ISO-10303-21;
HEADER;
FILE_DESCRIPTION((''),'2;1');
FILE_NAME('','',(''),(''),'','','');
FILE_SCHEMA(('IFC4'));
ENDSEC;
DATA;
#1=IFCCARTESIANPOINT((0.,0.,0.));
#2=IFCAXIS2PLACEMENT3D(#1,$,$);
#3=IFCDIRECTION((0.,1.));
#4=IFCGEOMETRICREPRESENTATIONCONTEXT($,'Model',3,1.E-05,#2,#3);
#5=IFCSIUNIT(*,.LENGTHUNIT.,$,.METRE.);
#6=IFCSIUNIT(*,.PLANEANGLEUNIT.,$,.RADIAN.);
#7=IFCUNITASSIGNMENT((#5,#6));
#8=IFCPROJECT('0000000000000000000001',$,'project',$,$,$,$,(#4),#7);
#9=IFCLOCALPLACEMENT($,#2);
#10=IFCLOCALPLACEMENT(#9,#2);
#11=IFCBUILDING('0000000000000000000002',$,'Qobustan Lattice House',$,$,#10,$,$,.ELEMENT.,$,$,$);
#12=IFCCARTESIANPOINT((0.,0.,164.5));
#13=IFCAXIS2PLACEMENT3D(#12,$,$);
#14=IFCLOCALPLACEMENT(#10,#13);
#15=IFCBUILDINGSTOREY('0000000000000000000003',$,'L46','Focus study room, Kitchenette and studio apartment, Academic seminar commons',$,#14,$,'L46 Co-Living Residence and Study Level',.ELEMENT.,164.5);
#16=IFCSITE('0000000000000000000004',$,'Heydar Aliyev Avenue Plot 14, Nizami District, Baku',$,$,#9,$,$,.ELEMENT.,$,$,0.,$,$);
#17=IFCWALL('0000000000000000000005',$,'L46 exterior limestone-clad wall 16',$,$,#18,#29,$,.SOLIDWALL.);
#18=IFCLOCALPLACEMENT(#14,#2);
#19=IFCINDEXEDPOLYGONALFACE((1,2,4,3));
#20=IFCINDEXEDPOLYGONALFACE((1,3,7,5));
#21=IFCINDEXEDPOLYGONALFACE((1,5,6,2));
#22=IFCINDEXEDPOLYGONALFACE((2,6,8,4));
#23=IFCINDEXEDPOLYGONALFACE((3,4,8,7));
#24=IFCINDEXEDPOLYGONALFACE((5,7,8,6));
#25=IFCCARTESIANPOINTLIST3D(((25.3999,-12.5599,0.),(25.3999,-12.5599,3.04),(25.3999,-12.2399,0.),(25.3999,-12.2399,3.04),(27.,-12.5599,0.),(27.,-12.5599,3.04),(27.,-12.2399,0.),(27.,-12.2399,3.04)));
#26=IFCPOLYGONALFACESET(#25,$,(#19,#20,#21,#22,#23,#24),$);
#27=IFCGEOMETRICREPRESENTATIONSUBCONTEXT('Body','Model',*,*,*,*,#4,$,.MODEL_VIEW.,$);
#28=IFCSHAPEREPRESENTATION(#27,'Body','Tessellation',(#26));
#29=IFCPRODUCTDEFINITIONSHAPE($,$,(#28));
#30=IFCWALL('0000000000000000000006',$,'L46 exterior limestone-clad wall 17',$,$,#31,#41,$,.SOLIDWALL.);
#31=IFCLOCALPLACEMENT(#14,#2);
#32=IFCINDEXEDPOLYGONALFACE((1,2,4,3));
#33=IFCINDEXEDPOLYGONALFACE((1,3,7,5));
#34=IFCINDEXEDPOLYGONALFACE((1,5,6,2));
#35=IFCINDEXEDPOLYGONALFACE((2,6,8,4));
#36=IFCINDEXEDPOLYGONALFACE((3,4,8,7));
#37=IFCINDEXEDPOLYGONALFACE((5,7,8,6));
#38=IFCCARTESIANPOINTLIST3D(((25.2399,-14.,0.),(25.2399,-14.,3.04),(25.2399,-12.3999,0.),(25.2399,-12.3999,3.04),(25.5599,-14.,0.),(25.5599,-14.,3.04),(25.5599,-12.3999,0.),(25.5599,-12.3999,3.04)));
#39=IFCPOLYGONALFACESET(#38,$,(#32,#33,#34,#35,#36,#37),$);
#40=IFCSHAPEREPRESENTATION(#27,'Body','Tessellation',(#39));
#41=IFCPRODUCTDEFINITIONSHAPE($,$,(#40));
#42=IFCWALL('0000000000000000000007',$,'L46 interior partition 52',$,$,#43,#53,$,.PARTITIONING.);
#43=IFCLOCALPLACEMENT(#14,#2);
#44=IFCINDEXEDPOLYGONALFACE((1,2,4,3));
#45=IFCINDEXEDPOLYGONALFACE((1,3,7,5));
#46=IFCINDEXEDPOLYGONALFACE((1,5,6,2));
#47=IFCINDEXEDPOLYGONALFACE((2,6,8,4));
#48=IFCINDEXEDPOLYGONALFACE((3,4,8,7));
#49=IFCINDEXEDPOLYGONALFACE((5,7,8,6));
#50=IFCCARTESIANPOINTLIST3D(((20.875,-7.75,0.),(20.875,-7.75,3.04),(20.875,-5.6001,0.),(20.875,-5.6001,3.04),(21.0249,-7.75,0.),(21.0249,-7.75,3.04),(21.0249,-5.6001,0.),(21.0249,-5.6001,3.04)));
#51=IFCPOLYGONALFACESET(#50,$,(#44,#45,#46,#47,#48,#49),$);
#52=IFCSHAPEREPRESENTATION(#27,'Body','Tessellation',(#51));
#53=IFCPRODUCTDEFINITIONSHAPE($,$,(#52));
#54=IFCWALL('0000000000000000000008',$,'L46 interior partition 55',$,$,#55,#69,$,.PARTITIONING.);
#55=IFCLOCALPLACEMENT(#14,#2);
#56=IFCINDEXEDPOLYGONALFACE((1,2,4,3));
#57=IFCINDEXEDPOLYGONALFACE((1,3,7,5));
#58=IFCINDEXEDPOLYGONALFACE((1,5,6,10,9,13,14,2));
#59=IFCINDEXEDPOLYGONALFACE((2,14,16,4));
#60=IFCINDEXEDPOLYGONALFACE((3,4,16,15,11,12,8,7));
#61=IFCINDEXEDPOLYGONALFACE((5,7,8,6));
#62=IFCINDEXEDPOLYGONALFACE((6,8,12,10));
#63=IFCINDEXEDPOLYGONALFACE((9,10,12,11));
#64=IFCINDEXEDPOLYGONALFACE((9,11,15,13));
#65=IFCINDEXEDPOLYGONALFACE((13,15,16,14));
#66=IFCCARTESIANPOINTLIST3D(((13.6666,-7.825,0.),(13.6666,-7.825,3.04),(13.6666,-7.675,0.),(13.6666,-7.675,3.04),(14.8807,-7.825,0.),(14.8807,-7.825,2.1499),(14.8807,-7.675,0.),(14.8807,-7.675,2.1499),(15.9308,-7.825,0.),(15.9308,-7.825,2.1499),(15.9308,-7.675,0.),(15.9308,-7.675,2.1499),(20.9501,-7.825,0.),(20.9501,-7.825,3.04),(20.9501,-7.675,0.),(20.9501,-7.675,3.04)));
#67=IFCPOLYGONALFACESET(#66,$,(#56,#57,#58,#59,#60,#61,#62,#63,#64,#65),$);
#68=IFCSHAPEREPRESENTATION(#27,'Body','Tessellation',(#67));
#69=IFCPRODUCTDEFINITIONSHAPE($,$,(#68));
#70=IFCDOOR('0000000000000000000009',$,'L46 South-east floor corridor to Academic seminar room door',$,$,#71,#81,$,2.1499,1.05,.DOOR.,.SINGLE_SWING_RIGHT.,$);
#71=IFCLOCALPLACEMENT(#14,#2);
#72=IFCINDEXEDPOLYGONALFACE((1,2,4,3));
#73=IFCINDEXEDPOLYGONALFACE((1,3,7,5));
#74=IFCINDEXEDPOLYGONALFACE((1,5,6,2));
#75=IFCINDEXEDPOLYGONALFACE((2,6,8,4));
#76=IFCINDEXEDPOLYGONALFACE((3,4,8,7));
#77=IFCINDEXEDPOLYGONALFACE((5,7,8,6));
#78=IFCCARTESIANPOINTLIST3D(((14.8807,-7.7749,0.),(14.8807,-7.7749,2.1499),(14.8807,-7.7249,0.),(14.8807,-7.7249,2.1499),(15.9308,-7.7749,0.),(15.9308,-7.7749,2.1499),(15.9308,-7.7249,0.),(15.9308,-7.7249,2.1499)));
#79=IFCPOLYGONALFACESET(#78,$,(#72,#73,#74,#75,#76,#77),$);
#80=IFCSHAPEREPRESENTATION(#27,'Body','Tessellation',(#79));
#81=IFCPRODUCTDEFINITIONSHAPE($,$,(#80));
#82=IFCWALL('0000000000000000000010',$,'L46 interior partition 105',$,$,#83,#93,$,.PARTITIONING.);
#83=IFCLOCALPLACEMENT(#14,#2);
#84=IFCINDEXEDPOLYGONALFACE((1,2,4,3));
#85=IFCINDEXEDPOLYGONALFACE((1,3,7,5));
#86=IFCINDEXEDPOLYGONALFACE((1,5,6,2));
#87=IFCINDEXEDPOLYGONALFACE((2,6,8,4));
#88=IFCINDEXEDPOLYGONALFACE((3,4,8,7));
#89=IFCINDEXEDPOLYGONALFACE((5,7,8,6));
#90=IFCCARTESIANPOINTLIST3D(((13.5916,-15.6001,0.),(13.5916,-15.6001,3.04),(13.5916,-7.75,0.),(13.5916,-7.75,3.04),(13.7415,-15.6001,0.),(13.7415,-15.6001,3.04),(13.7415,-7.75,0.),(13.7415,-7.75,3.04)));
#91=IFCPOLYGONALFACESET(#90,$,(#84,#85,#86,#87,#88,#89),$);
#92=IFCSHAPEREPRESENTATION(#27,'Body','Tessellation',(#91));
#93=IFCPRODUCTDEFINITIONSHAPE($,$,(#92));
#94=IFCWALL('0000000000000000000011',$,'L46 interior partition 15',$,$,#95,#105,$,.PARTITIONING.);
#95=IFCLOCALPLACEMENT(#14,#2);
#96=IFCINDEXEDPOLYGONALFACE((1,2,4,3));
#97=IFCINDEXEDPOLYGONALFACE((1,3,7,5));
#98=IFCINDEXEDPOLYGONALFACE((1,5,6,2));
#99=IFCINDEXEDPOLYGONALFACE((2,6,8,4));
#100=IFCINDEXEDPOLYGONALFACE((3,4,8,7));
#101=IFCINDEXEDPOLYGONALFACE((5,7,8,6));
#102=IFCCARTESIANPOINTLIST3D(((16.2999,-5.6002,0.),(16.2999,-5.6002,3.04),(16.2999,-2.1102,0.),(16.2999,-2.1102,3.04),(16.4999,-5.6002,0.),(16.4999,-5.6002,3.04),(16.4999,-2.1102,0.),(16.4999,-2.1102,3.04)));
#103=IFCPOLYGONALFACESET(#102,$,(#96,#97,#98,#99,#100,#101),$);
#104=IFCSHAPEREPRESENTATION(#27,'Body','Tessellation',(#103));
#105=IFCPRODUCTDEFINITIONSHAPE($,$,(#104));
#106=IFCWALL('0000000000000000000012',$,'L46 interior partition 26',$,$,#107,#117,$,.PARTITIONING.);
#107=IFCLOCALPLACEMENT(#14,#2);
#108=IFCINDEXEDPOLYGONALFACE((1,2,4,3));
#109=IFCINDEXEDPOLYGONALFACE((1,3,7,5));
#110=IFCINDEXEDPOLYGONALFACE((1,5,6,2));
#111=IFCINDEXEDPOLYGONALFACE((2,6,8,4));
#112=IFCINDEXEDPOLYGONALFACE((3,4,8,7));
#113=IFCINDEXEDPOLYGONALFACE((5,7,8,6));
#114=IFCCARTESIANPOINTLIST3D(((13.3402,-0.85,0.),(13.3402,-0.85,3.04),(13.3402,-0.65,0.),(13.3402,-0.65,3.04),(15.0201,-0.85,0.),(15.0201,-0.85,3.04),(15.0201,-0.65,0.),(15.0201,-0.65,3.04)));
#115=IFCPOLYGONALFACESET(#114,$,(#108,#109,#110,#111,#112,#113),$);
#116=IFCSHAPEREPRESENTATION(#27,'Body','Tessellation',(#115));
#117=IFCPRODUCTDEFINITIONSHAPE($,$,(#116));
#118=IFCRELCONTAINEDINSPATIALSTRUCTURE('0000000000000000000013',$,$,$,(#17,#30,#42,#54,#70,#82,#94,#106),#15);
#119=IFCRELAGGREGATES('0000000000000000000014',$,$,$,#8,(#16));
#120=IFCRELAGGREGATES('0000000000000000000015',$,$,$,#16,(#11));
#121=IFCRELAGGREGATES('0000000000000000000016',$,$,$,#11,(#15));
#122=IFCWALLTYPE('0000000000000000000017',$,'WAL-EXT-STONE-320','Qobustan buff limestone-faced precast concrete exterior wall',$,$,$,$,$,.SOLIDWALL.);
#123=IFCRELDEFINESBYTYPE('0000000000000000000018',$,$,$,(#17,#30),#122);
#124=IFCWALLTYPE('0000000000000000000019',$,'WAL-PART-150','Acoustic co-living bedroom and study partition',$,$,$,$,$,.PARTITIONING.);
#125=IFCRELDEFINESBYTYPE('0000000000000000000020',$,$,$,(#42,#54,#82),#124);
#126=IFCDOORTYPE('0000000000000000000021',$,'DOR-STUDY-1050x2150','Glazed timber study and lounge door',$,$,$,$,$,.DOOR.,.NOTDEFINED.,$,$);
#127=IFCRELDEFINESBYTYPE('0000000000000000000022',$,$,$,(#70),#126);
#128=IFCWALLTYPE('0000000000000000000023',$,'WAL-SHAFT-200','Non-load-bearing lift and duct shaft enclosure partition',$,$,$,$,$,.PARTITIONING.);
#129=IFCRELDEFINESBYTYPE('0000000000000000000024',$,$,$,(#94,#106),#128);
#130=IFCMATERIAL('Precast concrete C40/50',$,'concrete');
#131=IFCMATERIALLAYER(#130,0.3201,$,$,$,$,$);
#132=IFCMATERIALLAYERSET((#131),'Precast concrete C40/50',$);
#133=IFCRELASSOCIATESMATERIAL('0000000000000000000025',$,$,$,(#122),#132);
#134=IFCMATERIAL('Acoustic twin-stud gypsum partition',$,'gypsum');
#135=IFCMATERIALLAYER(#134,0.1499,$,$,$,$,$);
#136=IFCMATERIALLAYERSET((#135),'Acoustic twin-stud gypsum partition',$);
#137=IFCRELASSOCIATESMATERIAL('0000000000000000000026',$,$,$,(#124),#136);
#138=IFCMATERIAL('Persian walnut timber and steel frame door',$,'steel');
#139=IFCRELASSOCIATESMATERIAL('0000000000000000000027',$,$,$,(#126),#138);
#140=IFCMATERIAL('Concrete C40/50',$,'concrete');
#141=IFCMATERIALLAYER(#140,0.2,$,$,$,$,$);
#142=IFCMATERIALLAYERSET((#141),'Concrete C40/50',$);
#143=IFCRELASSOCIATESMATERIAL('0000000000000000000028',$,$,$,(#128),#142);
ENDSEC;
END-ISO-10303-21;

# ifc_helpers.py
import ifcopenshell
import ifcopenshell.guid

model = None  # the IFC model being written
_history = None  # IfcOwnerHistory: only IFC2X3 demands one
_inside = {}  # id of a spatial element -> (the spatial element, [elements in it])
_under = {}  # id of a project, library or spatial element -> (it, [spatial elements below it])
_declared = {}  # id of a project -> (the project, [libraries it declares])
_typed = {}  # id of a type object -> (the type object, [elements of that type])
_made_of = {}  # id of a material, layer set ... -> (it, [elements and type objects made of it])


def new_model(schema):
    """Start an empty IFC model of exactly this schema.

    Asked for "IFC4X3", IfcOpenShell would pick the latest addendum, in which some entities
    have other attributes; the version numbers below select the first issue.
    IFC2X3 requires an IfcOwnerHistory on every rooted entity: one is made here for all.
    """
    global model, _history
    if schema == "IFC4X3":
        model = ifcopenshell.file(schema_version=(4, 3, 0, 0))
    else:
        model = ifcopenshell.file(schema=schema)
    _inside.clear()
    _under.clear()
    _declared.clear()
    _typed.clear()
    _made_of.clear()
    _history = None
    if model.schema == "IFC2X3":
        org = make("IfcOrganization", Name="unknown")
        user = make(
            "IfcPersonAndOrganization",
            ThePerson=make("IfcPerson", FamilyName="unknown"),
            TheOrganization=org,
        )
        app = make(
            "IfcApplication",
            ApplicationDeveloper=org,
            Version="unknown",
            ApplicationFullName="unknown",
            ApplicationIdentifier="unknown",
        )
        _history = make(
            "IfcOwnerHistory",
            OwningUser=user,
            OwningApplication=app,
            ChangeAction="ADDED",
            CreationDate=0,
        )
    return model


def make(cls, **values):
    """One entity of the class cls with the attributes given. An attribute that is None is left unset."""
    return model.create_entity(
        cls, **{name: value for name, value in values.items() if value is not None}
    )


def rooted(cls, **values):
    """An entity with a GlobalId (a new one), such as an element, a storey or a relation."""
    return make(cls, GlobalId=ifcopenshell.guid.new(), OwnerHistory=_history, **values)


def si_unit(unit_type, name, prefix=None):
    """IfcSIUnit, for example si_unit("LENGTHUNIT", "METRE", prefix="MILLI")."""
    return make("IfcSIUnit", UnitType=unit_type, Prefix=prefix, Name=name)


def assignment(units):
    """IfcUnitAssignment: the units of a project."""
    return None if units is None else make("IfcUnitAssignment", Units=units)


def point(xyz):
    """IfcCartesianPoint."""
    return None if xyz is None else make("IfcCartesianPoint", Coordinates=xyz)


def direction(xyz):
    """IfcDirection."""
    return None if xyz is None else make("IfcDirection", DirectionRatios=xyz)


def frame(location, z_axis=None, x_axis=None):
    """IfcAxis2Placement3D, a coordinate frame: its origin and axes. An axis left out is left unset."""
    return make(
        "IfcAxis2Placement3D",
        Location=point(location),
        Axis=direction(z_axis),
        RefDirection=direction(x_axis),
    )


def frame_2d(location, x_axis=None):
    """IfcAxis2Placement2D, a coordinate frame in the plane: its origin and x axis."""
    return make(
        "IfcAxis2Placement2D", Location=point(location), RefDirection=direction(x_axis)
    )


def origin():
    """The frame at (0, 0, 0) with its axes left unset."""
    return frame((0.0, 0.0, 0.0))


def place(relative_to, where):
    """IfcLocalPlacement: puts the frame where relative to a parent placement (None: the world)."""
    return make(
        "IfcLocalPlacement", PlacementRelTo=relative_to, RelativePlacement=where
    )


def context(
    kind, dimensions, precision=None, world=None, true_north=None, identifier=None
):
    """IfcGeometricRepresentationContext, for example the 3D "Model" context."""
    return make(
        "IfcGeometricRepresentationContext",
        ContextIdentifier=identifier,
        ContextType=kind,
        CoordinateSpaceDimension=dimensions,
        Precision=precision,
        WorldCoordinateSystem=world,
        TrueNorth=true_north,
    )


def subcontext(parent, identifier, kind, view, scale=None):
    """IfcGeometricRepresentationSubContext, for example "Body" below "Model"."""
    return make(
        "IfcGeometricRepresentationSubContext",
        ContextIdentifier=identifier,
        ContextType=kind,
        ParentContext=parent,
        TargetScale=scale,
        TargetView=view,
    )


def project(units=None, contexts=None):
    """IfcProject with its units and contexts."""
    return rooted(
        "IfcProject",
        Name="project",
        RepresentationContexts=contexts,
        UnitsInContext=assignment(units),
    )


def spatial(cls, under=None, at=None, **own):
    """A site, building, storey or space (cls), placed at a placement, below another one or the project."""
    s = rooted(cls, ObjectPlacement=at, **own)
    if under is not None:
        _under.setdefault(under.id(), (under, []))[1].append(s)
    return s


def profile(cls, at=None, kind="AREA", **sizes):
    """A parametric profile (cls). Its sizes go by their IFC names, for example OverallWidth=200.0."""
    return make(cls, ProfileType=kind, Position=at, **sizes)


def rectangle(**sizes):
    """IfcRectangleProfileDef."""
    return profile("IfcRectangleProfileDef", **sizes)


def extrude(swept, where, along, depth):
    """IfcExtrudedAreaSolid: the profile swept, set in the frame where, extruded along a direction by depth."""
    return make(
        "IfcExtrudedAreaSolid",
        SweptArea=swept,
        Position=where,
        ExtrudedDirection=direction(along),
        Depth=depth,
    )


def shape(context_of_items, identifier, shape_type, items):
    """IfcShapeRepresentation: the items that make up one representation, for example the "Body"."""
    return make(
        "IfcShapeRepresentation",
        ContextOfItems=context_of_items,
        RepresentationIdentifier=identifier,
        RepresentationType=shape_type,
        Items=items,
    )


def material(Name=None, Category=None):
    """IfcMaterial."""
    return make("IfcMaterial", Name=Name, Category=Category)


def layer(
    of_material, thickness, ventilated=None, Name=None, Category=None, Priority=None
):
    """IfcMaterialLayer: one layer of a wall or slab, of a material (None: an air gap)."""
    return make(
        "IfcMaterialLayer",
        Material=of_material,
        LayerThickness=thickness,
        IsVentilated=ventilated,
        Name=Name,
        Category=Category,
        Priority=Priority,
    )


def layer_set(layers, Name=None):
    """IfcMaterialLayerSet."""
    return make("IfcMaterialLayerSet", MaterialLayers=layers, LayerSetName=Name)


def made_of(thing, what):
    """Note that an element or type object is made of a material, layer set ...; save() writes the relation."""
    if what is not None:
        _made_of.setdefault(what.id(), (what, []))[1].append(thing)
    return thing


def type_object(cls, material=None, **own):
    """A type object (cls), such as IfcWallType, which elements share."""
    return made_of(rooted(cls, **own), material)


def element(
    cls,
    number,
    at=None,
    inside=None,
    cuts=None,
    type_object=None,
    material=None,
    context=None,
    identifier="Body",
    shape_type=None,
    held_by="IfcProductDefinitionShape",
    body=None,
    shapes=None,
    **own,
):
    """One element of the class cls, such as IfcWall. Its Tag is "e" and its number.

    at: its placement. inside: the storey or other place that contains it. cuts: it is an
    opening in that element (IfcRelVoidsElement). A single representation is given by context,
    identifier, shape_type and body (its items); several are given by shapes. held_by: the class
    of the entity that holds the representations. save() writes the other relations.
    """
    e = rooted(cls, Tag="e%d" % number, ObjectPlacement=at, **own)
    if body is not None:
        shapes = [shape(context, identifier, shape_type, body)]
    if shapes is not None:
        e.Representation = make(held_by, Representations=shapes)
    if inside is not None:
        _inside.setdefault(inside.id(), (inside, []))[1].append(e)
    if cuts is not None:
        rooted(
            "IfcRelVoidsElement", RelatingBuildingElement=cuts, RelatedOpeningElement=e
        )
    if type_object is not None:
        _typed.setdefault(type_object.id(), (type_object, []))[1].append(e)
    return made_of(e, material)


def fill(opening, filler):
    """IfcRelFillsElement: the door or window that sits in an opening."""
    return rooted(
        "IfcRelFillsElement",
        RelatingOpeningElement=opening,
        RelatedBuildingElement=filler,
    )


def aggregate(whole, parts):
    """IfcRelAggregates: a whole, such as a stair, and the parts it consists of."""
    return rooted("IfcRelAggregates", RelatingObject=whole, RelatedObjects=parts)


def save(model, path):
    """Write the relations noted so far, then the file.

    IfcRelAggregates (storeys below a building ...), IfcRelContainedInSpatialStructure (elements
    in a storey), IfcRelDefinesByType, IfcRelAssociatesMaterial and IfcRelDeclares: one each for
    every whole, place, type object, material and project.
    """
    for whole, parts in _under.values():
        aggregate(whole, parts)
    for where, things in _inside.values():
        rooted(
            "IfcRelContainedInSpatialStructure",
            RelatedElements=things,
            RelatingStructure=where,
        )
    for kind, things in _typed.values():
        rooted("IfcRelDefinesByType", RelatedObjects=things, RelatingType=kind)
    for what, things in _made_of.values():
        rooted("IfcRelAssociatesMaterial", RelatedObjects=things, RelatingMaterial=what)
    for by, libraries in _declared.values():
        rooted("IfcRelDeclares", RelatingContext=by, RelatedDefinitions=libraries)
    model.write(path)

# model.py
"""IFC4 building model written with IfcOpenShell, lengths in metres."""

from ifc_helpers import new_model, si_unit, direction, frame, frame_2d, origin, place, context, subcontext, project, spatial, rectangle, extrude, material, layer, layer_set, type_object, element, fill, save


model = new_model("IFC4")

# Units and contexts
model_context = context("Model", 3, precision=1e-05, world=origin(), true_north=direction((0.0, 1.0)))
body_context = subcontext(model_context, "Body", "Model", "MODEL_VIEW")
ifc_project = project(units=[si_unit("LENGTHUNIT", "METRE"), si_unit("PLANEANGLEUNIT", "RADIAN")], contexts=[model_context])

# Site, building, storey
site_placement = place(None, origin())
site = spatial("IfcSite", under=ifc_project, at=site_placement, Name="Heydar Aliyev Avenue Plot 14, Nizami District, Baku", CompositionType="ELEMENT", RefElevation=0.0)
building_placement = place(site_placement, origin())
building = spatial("IfcBuilding", under=site, at=building_placement, Name="Qobustan Lattice House", CompositionType="ELEMENT")
storey_placement = place(building_placement, frame((0.0, 0.0, 164.5)))
storey = spatial("IfcBuildingStorey", under=building, at=storey_placement, Name="L46", Description="Focus study room, Kitchenette and studio apartment, Academic seminar commons", LongName="L46 Co-Living Residence and Study Level", CompositionType="ELEMENT", Elevation=164.5)

# Walls
ifc_material_1 = material(Name="Precast concrete C40/50", Category="concrete")
ifc_layer_1 = layer(ifc_material_1, 0.3201)
ifc_layer_set_1 = layer_set([ifc_layer_1], Name="Precast concrete C40/50")
wall_type_1 = type_object("IfcWallType", Name="WAL-EXT-STONE-320", Description="Qobustan buff limestone-faced precast concrete exterior wall", PredefinedType="SOLIDWALL", material=ifc_layer_set_1)
for number, where, z_axis, x_axis, name in (
    (1, (27.0, -12.3999, 0.0), (0.0, 0.0, 1.0), (-1.0, 0.0, 0.0), "L46 exterior limestone-clad wall 16"),
    (2, (25.3999, -12.3999, 0.0), (0.0, 0.0, 1.0), (0.0, -1.0, 0.0), "L46 exterior limestone-clad wall 17"),
):
    element("IfcWall", number, at=place(storey_placement, frame(where, z_axis=z_axis, x_axis=x_axis)), inside=storey, type_object=wall_type_1, Name=name, PredefinedType="SOLIDWALL", context=body_context, shape_type="SweptSolid", body=[
        extrude(rectangle(XDim=1.6001, YDim=0.3201, at=frame_2d((0.8, 0.0))), origin(), (0.0, 0.0, 1.0), 3.04),
    ])
ifc_material_2 = material(Name="Acoustic twin-stud gypsum partition", Category="gypsum")
ifc_layer_2 = layer(ifc_material_2, 0.1499)
ifc_layer_set_2 = layer_set([ifc_layer_2], Name="Acoustic twin-stud gypsum partition")
wall_type_2 = type_object("IfcWallType", Name="WAL-PART-150", Description="Acoustic co-living bedroom and study partition", PredefinedType="PARTITIONING", material=ifc_layer_set_2)
wall_1_placement = place(storey_placement, frame((20.95, -5.6001, 0.0), z_axis=(0.0, 0.0, 1.0), x_axis=(0.0, -1.0, 0.0)))
element("IfcWall", 3, at=wall_1_placement, inside=storey, type_object=wall_type_2, Name="L46 interior partition 52", PredefinedType="PARTITIONING", context=body_context, shape_type="SweptSolid", body=[
    extrude(rectangle(XDim=2.1499, YDim=0.1499, at=frame_2d((1.075, 0.0))), origin(), (0.0, 0.0, 1.0), 3.04),
])

# Wall, opening, door
wall_2_placement = place(storey_placement, frame((20.95, -7.75, 0.0), z_axis=(0.0, 0.0, 1.0), x_axis=(-1.0, 0.0, 0.0)))
wall_2 = element("IfcWall", 4, at=wall_2_placement, inside=storey, type_object=wall_type_2, Name="L46 interior partition 55", PredefinedType="PARTITIONING", context=body_context, shape_type="SweptSolid", body=[
    extrude(rectangle(XDim=7.2834, YDim=0.1499, at=frame_2d((3.6416, 0.0))), origin(), (0.0, 0.0, 1.0), 3.04),
])
opening_placement = place(wall_2_placement, frame((5.0193, 0.0, 0.0)))
opening = element("IfcOpeningElement", 5, at=opening_placement, cuts=wall_2, PredefinedType="OPENING", context=body_context, shape_type="SweptSolid", body=[
    extrude(rectangle(XDim=1.05, YDim=2.1499, at=frame_2d((0.5249, 1.075))), frame((0.0, 0.085, 0.0), z_axis=(0.0, -1.0, 0.0), x_axis=(1.0, 0.0, 0.0)), (0.0, 0.0, 1.0), 0.1699),
])
ifc_material_3 = material(Name="Persian walnut timber and steel frame door", Category="steel")
door_type = type_object("IfcDoorType", Name="DOR-STUDY-1050x2150", Description="Glazed timber study and lounge door", OperationType="NOTDEFINED", PredefinedType="DOOR", material=ifc_material_3)
door_placement = place(opening_placement, origin())
door = element("IfcDoor", 6, at=door_placement, inside=storey, type_object=door_type, Name="L46 South-east floor corridor to Academic seminar room door", OperationType="SINGLE_SWING_RIGHT", OverallHeight=2.1499, OverallWidth=1.05, PredefinedType="DOOR", context=body_context, shape_type="SweptSolid", body=[
    extrude(rectangle(XDim=1.05, YDim=2.1499, at=frame_2d((0.5249, 1.075))), frame((0.0, 0.0249, 0.0), z_axis=(0.0, -1.0, 0.0), x_axis=(1.0, 0.0, 0.0)), (0.0, 0.0, 1.0), 0.05),
])
fill(opening, door)

# Walls
wall_3_placement = place(storey_placement, frame((13.6665, -7.75, 0.0), z_axis=(0.0, 0.0, 1.0), x_axis=(0.0, -1.0, 0.0)))
element("IfcWall", 7, at=wall_3_placement, inside=storey, type_object=wall_type_2, Name="L46 interior partition 105", PredefinedType="PARTITIONING", context=body_context, shape_type="SweptSolid", body=[
    extrude(rectangle(XDim=7.8501, YDim=0.1499, at=frame_2d((3.925, 0.0))), origin(), (0.0, 0.0, 1.0), 3.04),
])
ifc_material_4 = material(Name="Concrete C40/50", Category="concrete")
ifc_layer_3 = layer(ifc_material_4, 0.2)
ifc_layer_set_3 = layer_set([ifc_layer_3], Name="Concrete C40/50")
wall_type_3 = type_object("IfcWallType", Name="WAL-SHAFT-200", Description="Non-load-bearing lift and duct shaft enclosure partition", PredefinedType="PARTITIONING", material=ifc_layer_set_3)
wall_4_placement = place(storey_placement, frame((16.3999, -2.1101, 0.0), z_axis=(0.0, 0.0, 1.0), x_axis=(0.0, -1.0, 0.0)))
element("IfcWall", 8, at=wall_4_placement, inside=storey, type_object=wall_type_3, Name="L46 interior partition 15", PredefinedType="PARTITIONING", context=body_context, shape_type="SweptSolid", body=[
    extrude(rectangle(XDim=3.49, YDim=0.2, at=frame_2d((1.7451, 0.0))), origin(), (0.0, 0.0, 1.0), 3.04),
])
wall_5_placement = place(storey_placement, frame((15.02, -0.75, 0.0), z_axis=(0.0, 0.0, 1.0), x_axis=(-1.0, 0.0, 0.0)))
element("IfcWall", 9, at=wall_5_placement, inside=storey, type_object=wall_type_3, Name="L46 interior partition 26", PredefinedType="PARTITIONING", context=body_context, shape_type="SweptSolid", body=[
    extrude(rectangle(XDim=1.6799, YDim=0.2, at=frame_2d((0.8398, 0.0))), origin(), (0.0, 0.0, 1.0), 3.04),
])

save(model, "model.ifc")
